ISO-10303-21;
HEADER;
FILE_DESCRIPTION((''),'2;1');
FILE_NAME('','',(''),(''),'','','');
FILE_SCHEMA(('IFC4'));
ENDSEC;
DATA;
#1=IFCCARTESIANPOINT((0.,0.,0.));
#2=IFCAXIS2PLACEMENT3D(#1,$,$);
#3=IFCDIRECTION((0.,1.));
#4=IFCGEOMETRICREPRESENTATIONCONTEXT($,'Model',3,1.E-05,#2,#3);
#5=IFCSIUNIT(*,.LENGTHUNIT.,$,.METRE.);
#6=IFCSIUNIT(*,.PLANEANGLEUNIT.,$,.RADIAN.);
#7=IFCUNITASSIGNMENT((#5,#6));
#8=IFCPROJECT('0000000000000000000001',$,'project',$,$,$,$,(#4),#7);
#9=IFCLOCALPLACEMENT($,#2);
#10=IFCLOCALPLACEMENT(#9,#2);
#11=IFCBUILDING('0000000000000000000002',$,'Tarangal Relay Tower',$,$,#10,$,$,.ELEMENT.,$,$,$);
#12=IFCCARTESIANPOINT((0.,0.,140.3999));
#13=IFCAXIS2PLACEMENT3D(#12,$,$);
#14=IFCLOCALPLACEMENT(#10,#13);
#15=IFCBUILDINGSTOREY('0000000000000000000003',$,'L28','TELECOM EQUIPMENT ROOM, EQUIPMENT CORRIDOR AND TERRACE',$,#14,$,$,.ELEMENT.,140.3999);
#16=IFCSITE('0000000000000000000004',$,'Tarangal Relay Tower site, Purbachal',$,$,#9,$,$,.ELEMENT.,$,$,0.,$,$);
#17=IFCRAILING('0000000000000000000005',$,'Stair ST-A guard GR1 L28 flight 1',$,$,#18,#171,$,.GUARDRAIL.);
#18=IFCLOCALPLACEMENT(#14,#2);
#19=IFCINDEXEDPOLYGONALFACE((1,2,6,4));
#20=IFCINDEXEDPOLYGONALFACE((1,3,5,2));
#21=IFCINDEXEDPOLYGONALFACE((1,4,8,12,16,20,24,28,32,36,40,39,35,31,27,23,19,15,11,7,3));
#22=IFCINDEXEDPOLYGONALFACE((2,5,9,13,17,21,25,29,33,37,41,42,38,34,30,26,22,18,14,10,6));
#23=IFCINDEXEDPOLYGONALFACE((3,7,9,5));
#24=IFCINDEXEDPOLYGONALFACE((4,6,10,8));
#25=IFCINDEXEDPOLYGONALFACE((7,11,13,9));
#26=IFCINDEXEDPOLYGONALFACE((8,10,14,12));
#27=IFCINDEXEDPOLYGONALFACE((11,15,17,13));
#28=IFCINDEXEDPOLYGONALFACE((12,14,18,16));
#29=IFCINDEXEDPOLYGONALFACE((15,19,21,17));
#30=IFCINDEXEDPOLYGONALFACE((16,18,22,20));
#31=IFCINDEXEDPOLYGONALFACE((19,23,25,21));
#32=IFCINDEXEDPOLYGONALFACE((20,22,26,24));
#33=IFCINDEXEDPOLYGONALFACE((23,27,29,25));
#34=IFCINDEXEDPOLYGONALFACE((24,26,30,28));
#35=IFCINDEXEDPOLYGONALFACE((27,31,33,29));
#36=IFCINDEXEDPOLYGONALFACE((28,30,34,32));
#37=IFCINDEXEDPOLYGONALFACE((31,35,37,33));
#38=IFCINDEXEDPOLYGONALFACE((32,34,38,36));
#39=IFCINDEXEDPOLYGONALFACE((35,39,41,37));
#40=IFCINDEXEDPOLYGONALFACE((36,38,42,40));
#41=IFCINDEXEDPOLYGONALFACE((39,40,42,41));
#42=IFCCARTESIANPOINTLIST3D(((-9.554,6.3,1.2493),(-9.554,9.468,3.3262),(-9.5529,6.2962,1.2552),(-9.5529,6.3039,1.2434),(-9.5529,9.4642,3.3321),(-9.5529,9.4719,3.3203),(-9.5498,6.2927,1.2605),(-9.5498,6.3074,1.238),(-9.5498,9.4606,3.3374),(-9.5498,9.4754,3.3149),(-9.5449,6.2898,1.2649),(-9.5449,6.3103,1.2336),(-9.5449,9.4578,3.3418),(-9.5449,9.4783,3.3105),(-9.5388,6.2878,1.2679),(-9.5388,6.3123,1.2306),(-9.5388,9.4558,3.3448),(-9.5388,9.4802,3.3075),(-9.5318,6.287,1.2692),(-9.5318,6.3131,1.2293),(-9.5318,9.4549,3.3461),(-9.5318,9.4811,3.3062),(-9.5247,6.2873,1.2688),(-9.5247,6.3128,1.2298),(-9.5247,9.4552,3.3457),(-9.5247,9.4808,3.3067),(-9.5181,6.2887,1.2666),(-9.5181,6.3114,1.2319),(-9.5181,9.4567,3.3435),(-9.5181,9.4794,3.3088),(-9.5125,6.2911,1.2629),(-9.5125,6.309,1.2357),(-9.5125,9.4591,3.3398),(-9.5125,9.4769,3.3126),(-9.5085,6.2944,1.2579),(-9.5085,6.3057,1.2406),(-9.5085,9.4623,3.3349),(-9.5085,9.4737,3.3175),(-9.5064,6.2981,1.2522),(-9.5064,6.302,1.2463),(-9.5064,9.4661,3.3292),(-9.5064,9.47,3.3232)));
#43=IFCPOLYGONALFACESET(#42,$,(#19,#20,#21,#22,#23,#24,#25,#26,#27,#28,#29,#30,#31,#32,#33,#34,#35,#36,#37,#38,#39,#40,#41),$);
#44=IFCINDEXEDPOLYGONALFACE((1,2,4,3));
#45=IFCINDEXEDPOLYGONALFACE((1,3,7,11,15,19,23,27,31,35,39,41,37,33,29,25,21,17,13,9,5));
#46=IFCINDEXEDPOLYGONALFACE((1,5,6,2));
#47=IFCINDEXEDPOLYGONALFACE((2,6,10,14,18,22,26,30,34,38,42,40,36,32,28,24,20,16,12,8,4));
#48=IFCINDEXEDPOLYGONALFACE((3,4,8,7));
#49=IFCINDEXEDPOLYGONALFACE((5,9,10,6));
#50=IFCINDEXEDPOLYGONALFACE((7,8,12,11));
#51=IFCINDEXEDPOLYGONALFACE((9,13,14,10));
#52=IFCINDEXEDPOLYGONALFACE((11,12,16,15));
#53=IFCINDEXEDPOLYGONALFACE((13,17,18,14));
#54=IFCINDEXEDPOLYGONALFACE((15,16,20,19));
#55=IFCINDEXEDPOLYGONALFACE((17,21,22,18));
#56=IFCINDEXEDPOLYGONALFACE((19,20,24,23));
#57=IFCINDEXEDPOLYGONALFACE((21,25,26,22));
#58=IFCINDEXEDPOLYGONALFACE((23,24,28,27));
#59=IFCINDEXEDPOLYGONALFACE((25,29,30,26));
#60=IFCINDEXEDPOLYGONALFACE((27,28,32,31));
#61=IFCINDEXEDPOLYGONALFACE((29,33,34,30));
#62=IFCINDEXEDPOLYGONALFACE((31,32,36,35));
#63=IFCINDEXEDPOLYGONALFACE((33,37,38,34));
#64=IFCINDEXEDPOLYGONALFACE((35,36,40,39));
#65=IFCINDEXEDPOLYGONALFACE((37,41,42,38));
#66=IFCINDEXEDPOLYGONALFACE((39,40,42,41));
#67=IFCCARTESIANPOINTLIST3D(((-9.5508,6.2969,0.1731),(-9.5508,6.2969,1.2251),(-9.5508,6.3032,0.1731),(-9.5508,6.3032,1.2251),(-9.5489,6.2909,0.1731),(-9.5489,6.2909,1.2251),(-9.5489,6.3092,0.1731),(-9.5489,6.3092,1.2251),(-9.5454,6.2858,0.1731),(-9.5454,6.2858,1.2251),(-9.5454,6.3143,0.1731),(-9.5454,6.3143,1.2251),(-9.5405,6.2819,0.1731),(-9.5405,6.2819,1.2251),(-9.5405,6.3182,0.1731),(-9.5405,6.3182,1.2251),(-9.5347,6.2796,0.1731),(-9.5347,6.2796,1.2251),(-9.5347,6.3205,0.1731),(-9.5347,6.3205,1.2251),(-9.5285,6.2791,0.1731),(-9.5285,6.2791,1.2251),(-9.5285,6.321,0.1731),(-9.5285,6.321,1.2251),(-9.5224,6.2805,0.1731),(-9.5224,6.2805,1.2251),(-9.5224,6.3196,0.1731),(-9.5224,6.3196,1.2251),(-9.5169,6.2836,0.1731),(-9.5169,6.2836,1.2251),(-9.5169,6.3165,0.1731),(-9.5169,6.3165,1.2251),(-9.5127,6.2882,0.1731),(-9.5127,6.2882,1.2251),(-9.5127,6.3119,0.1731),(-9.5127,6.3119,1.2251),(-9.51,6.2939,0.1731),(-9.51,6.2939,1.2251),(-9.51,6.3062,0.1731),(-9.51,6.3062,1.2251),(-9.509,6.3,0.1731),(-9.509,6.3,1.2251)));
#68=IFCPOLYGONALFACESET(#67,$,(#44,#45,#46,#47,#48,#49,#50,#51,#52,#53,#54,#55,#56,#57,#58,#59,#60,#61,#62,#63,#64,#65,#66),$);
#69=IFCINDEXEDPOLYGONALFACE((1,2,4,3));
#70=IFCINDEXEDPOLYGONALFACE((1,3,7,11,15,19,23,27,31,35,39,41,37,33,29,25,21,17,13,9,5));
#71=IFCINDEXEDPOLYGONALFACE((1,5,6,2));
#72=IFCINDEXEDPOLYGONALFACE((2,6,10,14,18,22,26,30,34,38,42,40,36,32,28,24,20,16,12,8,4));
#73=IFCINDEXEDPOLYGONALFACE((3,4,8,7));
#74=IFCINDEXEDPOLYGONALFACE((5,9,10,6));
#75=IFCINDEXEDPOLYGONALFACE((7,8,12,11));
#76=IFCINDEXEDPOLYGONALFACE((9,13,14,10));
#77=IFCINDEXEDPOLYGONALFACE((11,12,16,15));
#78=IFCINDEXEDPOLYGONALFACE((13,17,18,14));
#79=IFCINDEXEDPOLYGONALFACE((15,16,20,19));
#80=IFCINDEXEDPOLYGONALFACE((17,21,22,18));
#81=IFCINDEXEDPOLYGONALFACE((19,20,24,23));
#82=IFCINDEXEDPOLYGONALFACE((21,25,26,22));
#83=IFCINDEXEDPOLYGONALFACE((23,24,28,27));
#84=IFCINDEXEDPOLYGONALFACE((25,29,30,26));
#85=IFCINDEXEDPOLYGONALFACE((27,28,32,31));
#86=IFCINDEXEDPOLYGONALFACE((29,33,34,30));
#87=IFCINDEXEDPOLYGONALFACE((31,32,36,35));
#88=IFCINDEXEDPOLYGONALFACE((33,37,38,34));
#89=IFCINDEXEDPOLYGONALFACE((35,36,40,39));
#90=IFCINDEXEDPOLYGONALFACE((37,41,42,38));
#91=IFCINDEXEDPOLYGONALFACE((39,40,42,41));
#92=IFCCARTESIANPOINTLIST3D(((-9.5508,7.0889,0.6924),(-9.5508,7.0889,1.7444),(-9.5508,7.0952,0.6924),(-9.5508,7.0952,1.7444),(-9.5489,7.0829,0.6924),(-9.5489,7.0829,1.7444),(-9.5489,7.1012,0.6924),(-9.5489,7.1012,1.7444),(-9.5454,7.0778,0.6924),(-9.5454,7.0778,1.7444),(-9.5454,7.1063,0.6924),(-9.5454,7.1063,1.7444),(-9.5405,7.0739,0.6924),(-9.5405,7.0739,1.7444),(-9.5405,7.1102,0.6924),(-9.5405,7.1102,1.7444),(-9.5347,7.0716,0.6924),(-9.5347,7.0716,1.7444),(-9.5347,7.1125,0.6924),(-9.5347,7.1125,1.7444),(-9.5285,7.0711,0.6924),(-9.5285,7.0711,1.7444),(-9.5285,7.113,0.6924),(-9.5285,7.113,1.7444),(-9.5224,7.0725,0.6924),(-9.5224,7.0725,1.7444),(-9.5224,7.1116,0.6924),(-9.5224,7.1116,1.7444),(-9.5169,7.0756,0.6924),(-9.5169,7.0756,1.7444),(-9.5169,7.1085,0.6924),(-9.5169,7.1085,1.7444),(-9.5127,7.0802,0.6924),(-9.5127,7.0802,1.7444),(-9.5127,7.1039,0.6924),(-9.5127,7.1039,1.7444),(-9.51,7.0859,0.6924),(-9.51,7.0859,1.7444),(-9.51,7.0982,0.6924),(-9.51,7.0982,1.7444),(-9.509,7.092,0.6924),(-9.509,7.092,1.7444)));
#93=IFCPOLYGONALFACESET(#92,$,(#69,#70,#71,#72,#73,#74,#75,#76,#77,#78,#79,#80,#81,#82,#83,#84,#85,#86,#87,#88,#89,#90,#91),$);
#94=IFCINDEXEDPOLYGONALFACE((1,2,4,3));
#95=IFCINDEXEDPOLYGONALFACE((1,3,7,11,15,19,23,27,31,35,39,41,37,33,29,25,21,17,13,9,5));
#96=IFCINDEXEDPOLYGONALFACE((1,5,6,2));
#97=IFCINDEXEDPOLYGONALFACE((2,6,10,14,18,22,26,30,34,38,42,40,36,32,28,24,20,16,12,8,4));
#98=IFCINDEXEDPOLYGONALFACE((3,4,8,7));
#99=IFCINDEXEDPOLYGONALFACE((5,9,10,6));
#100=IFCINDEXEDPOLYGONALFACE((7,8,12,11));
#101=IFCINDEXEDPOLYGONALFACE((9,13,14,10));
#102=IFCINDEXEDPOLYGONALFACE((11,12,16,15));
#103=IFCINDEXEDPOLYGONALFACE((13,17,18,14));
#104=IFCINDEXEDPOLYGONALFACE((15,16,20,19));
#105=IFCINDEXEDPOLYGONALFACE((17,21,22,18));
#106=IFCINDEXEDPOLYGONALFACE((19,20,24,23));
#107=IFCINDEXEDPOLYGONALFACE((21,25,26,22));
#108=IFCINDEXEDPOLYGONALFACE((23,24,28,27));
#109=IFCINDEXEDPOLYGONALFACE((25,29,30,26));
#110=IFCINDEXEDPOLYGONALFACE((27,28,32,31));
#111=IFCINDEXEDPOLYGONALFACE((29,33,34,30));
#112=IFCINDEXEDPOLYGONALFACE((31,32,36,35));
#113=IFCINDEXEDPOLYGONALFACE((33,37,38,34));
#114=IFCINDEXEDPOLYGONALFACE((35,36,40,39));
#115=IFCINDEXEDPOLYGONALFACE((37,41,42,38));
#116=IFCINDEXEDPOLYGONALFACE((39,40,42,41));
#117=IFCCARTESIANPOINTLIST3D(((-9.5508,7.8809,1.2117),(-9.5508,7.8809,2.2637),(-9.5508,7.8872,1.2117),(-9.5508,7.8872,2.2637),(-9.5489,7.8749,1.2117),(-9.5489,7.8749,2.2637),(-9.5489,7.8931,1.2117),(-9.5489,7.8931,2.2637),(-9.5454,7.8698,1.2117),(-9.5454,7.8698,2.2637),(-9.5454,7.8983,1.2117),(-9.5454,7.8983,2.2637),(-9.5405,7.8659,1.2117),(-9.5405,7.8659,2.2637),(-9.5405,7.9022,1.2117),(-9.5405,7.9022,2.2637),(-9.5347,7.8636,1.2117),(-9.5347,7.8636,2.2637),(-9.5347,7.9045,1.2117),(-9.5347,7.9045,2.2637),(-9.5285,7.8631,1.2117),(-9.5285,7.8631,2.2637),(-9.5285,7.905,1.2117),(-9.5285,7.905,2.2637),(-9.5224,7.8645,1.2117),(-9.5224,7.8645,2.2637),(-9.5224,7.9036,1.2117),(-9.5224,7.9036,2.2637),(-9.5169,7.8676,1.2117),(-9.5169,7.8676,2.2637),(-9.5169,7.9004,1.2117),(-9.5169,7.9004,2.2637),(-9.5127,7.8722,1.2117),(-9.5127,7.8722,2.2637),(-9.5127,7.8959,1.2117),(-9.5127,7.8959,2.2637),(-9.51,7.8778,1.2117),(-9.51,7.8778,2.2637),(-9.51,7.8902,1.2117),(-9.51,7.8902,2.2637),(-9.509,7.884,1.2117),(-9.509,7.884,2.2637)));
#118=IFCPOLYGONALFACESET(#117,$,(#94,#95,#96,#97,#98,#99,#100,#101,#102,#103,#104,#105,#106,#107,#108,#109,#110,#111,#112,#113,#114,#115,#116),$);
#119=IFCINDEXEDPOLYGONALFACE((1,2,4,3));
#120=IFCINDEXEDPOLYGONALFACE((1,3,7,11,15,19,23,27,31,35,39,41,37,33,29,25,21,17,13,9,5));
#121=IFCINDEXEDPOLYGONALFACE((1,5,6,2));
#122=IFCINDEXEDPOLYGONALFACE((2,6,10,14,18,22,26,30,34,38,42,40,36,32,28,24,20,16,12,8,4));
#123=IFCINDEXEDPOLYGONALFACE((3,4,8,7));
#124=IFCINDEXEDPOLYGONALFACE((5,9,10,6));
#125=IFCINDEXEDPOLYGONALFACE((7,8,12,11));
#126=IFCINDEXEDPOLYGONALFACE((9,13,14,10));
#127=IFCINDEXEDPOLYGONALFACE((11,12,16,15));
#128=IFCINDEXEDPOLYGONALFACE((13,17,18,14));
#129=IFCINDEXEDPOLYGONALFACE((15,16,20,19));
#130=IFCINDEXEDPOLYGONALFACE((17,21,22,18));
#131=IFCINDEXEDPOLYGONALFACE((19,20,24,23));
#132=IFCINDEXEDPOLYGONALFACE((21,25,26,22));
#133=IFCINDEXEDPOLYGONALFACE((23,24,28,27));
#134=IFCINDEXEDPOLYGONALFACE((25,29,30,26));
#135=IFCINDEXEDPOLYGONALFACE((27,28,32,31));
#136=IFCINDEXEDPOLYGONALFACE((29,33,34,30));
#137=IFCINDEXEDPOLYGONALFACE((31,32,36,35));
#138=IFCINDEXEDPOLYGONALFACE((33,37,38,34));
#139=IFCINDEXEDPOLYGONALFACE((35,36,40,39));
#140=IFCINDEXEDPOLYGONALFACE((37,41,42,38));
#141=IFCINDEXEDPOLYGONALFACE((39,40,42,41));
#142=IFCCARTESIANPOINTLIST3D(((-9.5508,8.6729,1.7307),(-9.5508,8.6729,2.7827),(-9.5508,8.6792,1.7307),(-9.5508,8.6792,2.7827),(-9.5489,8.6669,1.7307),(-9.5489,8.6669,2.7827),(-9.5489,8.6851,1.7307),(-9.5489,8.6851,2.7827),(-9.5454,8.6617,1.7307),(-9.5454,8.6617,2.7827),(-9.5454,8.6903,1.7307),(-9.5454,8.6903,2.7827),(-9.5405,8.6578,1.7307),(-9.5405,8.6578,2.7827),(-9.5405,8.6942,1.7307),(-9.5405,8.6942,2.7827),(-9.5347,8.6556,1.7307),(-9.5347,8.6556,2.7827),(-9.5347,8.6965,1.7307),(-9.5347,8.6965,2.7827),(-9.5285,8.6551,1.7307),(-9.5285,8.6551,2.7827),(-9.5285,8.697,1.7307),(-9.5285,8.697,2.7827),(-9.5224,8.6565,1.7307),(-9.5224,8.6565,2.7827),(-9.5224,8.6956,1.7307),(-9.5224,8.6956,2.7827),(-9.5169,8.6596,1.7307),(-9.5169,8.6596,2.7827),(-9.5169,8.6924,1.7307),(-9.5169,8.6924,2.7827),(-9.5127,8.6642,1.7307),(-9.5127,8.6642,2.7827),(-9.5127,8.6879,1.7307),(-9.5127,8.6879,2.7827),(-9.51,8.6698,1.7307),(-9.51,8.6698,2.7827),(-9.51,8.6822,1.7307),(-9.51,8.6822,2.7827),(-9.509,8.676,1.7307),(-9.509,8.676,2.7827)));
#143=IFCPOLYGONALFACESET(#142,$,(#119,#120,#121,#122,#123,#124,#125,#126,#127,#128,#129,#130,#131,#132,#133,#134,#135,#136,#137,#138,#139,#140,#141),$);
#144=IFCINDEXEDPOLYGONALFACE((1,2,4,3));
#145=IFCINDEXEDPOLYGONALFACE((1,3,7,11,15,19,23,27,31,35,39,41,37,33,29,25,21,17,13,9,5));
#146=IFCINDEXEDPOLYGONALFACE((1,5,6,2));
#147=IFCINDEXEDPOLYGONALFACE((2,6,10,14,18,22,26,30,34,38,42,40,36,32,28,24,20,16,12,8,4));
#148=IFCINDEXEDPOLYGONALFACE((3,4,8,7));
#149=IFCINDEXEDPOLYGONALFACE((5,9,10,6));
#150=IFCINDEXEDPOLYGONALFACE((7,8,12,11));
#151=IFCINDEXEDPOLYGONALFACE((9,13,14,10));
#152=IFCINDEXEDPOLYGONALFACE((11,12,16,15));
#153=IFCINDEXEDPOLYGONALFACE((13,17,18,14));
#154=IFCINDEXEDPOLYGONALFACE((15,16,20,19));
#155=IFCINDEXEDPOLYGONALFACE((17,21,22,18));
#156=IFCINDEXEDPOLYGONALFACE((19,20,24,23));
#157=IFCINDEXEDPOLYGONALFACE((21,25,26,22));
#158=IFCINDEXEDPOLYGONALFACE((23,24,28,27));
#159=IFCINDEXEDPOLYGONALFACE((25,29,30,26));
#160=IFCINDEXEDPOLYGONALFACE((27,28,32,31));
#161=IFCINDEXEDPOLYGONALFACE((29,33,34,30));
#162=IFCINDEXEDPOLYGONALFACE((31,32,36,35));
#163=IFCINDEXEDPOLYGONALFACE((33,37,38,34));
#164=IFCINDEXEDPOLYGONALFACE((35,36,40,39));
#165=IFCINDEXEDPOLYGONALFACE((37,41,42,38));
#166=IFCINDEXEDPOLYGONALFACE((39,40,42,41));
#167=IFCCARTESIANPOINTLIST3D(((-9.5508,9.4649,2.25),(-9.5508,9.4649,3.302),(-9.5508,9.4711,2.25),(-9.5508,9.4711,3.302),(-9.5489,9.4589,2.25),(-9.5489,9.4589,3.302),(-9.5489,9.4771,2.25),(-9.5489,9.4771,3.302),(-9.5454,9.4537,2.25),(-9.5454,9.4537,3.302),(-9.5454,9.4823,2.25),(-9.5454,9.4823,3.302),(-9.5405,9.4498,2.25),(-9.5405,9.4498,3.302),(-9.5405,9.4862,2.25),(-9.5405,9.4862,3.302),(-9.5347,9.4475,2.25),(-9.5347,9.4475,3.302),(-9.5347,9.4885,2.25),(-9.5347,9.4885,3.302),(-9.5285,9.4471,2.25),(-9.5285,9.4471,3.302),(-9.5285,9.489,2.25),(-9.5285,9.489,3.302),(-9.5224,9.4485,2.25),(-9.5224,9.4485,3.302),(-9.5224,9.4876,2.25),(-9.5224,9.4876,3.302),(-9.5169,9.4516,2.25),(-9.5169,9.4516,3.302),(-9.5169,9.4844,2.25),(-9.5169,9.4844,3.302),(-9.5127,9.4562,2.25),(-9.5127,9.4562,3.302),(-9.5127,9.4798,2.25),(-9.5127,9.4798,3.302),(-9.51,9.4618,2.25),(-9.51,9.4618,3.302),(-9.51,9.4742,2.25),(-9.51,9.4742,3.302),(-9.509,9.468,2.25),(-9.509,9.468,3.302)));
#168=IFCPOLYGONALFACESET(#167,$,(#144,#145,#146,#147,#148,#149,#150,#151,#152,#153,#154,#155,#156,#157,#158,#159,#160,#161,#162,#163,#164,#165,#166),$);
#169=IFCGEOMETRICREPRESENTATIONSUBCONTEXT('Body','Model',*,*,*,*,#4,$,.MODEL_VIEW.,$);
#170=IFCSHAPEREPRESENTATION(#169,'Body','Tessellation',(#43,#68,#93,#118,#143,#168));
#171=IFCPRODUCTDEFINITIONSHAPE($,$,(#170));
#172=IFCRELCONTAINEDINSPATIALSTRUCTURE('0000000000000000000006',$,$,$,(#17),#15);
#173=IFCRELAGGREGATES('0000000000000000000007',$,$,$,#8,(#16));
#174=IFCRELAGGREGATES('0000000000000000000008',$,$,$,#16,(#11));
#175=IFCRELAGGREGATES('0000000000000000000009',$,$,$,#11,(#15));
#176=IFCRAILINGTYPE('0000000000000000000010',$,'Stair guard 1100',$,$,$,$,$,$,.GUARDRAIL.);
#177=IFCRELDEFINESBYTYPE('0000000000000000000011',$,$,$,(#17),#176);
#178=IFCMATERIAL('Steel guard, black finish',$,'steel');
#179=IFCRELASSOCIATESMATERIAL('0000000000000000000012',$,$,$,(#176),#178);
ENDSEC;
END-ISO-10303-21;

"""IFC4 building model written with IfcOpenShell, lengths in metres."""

from ifc_helpers import new_model, si_unit, direction, frame, origin, origin_2d, place, context, subcontext, project, spatial, circle, extrude, material, type_object, element, save


model = new_model("IFC4")

# Units and contexts
model_context = context("Model", 3, precision=1e-05, world=origin(), true_north=direction((0.0, 1.0)))
body_context = subcontext(model_context, "Body", "Model", "MODEL_VIEW")
ifc_project = project(units=[si_unit("LENGTHUNIT", "METRE"), si_unit("PLANEANGLEUNIT", "RADIAN")], contexts=[model_context])

# Site, building, storey
site_placement = place(None, origin())
site = spatial("IfcSite", under=ifc_project, at=site_placement, Name="Tarangal Relay Tower site, Purbachal", CompositionType="ELEMENT", RefElevation=0.0)
building_placement = place(site_placement, origin())
building = spatial("IfcBuilding", under=site, at=building_placement, Name="Tarangal Relay Tower", CompositionType="ELEMENT")
storey_placement = place(building_placement, frame((0.0, 0.0, 140.3999)))
storey = spatial("IfcBuildingStorey", under=building, at=storey_placement, Name="L28", Description="TELECOM EQUIPMENT ROOM, EQUIPMENT CORRIDOR AND TERRACE", CompositionType="ELEMENT", Elevation=140.3999)

# Railing
ifc_material_1 = material(Name="Steel guard, black finish", Category="steel")
railing_type = type_object("IfcRailingType", Name="Stair guard 1100", PredefinedType="GUARDRAIL", material=ifc_material_1)
railing_1_placement = place(storey_placement, frame((-9.53, 6.3, 0.1731)))
element("IfcRailing", 1, at=railing_1_placement, inside=storey, type_object=railing_type, Name="Stair ST-A guard GR1 L28 flight 1", PredefinedType="GUARDRAIL", context=body_context, shape_type="SweptSolid", body=[
    extrude(circle(Radius=0.0239, at=origin_2d()), frame((0.0, 0.0, 1.0762), z_axis=(0.0, 0.836299, 0.548273), x_axis=(-1.0, 0.0, 0.0)), (0.0, 0.0, 1.0), 3.7881),
    extrude(circle(Radius=0.021, at=origin_2d()), origin(), (0.0, 0.0, 1.0), 1.052),
    extrude(circle(Radius=0.021, at=origin_2d()), frame((0.0, 0.792, 0.5193)), (0.0, 0.0, 1.0), 1.052),
    extrude(circle(Radius=0.021, at=origin_2d()), frame((0.0, 1.584, 1.0386)), (0.0, 0.0, 1.0), 1.052),
    extrude(circle(Radius=0.021, at=origin_2d()), frame((0.0, 2.376, 1.5576)), (0.0, 0.0, 1.0), 1.052),
    extrude(circle(Radius=0.021, at=origin_2d()), frame((0.0, 3.168, 2.0769)), (0.0, 0.0, 1.0), 1.052),
])

save(model, "model.ifc")
